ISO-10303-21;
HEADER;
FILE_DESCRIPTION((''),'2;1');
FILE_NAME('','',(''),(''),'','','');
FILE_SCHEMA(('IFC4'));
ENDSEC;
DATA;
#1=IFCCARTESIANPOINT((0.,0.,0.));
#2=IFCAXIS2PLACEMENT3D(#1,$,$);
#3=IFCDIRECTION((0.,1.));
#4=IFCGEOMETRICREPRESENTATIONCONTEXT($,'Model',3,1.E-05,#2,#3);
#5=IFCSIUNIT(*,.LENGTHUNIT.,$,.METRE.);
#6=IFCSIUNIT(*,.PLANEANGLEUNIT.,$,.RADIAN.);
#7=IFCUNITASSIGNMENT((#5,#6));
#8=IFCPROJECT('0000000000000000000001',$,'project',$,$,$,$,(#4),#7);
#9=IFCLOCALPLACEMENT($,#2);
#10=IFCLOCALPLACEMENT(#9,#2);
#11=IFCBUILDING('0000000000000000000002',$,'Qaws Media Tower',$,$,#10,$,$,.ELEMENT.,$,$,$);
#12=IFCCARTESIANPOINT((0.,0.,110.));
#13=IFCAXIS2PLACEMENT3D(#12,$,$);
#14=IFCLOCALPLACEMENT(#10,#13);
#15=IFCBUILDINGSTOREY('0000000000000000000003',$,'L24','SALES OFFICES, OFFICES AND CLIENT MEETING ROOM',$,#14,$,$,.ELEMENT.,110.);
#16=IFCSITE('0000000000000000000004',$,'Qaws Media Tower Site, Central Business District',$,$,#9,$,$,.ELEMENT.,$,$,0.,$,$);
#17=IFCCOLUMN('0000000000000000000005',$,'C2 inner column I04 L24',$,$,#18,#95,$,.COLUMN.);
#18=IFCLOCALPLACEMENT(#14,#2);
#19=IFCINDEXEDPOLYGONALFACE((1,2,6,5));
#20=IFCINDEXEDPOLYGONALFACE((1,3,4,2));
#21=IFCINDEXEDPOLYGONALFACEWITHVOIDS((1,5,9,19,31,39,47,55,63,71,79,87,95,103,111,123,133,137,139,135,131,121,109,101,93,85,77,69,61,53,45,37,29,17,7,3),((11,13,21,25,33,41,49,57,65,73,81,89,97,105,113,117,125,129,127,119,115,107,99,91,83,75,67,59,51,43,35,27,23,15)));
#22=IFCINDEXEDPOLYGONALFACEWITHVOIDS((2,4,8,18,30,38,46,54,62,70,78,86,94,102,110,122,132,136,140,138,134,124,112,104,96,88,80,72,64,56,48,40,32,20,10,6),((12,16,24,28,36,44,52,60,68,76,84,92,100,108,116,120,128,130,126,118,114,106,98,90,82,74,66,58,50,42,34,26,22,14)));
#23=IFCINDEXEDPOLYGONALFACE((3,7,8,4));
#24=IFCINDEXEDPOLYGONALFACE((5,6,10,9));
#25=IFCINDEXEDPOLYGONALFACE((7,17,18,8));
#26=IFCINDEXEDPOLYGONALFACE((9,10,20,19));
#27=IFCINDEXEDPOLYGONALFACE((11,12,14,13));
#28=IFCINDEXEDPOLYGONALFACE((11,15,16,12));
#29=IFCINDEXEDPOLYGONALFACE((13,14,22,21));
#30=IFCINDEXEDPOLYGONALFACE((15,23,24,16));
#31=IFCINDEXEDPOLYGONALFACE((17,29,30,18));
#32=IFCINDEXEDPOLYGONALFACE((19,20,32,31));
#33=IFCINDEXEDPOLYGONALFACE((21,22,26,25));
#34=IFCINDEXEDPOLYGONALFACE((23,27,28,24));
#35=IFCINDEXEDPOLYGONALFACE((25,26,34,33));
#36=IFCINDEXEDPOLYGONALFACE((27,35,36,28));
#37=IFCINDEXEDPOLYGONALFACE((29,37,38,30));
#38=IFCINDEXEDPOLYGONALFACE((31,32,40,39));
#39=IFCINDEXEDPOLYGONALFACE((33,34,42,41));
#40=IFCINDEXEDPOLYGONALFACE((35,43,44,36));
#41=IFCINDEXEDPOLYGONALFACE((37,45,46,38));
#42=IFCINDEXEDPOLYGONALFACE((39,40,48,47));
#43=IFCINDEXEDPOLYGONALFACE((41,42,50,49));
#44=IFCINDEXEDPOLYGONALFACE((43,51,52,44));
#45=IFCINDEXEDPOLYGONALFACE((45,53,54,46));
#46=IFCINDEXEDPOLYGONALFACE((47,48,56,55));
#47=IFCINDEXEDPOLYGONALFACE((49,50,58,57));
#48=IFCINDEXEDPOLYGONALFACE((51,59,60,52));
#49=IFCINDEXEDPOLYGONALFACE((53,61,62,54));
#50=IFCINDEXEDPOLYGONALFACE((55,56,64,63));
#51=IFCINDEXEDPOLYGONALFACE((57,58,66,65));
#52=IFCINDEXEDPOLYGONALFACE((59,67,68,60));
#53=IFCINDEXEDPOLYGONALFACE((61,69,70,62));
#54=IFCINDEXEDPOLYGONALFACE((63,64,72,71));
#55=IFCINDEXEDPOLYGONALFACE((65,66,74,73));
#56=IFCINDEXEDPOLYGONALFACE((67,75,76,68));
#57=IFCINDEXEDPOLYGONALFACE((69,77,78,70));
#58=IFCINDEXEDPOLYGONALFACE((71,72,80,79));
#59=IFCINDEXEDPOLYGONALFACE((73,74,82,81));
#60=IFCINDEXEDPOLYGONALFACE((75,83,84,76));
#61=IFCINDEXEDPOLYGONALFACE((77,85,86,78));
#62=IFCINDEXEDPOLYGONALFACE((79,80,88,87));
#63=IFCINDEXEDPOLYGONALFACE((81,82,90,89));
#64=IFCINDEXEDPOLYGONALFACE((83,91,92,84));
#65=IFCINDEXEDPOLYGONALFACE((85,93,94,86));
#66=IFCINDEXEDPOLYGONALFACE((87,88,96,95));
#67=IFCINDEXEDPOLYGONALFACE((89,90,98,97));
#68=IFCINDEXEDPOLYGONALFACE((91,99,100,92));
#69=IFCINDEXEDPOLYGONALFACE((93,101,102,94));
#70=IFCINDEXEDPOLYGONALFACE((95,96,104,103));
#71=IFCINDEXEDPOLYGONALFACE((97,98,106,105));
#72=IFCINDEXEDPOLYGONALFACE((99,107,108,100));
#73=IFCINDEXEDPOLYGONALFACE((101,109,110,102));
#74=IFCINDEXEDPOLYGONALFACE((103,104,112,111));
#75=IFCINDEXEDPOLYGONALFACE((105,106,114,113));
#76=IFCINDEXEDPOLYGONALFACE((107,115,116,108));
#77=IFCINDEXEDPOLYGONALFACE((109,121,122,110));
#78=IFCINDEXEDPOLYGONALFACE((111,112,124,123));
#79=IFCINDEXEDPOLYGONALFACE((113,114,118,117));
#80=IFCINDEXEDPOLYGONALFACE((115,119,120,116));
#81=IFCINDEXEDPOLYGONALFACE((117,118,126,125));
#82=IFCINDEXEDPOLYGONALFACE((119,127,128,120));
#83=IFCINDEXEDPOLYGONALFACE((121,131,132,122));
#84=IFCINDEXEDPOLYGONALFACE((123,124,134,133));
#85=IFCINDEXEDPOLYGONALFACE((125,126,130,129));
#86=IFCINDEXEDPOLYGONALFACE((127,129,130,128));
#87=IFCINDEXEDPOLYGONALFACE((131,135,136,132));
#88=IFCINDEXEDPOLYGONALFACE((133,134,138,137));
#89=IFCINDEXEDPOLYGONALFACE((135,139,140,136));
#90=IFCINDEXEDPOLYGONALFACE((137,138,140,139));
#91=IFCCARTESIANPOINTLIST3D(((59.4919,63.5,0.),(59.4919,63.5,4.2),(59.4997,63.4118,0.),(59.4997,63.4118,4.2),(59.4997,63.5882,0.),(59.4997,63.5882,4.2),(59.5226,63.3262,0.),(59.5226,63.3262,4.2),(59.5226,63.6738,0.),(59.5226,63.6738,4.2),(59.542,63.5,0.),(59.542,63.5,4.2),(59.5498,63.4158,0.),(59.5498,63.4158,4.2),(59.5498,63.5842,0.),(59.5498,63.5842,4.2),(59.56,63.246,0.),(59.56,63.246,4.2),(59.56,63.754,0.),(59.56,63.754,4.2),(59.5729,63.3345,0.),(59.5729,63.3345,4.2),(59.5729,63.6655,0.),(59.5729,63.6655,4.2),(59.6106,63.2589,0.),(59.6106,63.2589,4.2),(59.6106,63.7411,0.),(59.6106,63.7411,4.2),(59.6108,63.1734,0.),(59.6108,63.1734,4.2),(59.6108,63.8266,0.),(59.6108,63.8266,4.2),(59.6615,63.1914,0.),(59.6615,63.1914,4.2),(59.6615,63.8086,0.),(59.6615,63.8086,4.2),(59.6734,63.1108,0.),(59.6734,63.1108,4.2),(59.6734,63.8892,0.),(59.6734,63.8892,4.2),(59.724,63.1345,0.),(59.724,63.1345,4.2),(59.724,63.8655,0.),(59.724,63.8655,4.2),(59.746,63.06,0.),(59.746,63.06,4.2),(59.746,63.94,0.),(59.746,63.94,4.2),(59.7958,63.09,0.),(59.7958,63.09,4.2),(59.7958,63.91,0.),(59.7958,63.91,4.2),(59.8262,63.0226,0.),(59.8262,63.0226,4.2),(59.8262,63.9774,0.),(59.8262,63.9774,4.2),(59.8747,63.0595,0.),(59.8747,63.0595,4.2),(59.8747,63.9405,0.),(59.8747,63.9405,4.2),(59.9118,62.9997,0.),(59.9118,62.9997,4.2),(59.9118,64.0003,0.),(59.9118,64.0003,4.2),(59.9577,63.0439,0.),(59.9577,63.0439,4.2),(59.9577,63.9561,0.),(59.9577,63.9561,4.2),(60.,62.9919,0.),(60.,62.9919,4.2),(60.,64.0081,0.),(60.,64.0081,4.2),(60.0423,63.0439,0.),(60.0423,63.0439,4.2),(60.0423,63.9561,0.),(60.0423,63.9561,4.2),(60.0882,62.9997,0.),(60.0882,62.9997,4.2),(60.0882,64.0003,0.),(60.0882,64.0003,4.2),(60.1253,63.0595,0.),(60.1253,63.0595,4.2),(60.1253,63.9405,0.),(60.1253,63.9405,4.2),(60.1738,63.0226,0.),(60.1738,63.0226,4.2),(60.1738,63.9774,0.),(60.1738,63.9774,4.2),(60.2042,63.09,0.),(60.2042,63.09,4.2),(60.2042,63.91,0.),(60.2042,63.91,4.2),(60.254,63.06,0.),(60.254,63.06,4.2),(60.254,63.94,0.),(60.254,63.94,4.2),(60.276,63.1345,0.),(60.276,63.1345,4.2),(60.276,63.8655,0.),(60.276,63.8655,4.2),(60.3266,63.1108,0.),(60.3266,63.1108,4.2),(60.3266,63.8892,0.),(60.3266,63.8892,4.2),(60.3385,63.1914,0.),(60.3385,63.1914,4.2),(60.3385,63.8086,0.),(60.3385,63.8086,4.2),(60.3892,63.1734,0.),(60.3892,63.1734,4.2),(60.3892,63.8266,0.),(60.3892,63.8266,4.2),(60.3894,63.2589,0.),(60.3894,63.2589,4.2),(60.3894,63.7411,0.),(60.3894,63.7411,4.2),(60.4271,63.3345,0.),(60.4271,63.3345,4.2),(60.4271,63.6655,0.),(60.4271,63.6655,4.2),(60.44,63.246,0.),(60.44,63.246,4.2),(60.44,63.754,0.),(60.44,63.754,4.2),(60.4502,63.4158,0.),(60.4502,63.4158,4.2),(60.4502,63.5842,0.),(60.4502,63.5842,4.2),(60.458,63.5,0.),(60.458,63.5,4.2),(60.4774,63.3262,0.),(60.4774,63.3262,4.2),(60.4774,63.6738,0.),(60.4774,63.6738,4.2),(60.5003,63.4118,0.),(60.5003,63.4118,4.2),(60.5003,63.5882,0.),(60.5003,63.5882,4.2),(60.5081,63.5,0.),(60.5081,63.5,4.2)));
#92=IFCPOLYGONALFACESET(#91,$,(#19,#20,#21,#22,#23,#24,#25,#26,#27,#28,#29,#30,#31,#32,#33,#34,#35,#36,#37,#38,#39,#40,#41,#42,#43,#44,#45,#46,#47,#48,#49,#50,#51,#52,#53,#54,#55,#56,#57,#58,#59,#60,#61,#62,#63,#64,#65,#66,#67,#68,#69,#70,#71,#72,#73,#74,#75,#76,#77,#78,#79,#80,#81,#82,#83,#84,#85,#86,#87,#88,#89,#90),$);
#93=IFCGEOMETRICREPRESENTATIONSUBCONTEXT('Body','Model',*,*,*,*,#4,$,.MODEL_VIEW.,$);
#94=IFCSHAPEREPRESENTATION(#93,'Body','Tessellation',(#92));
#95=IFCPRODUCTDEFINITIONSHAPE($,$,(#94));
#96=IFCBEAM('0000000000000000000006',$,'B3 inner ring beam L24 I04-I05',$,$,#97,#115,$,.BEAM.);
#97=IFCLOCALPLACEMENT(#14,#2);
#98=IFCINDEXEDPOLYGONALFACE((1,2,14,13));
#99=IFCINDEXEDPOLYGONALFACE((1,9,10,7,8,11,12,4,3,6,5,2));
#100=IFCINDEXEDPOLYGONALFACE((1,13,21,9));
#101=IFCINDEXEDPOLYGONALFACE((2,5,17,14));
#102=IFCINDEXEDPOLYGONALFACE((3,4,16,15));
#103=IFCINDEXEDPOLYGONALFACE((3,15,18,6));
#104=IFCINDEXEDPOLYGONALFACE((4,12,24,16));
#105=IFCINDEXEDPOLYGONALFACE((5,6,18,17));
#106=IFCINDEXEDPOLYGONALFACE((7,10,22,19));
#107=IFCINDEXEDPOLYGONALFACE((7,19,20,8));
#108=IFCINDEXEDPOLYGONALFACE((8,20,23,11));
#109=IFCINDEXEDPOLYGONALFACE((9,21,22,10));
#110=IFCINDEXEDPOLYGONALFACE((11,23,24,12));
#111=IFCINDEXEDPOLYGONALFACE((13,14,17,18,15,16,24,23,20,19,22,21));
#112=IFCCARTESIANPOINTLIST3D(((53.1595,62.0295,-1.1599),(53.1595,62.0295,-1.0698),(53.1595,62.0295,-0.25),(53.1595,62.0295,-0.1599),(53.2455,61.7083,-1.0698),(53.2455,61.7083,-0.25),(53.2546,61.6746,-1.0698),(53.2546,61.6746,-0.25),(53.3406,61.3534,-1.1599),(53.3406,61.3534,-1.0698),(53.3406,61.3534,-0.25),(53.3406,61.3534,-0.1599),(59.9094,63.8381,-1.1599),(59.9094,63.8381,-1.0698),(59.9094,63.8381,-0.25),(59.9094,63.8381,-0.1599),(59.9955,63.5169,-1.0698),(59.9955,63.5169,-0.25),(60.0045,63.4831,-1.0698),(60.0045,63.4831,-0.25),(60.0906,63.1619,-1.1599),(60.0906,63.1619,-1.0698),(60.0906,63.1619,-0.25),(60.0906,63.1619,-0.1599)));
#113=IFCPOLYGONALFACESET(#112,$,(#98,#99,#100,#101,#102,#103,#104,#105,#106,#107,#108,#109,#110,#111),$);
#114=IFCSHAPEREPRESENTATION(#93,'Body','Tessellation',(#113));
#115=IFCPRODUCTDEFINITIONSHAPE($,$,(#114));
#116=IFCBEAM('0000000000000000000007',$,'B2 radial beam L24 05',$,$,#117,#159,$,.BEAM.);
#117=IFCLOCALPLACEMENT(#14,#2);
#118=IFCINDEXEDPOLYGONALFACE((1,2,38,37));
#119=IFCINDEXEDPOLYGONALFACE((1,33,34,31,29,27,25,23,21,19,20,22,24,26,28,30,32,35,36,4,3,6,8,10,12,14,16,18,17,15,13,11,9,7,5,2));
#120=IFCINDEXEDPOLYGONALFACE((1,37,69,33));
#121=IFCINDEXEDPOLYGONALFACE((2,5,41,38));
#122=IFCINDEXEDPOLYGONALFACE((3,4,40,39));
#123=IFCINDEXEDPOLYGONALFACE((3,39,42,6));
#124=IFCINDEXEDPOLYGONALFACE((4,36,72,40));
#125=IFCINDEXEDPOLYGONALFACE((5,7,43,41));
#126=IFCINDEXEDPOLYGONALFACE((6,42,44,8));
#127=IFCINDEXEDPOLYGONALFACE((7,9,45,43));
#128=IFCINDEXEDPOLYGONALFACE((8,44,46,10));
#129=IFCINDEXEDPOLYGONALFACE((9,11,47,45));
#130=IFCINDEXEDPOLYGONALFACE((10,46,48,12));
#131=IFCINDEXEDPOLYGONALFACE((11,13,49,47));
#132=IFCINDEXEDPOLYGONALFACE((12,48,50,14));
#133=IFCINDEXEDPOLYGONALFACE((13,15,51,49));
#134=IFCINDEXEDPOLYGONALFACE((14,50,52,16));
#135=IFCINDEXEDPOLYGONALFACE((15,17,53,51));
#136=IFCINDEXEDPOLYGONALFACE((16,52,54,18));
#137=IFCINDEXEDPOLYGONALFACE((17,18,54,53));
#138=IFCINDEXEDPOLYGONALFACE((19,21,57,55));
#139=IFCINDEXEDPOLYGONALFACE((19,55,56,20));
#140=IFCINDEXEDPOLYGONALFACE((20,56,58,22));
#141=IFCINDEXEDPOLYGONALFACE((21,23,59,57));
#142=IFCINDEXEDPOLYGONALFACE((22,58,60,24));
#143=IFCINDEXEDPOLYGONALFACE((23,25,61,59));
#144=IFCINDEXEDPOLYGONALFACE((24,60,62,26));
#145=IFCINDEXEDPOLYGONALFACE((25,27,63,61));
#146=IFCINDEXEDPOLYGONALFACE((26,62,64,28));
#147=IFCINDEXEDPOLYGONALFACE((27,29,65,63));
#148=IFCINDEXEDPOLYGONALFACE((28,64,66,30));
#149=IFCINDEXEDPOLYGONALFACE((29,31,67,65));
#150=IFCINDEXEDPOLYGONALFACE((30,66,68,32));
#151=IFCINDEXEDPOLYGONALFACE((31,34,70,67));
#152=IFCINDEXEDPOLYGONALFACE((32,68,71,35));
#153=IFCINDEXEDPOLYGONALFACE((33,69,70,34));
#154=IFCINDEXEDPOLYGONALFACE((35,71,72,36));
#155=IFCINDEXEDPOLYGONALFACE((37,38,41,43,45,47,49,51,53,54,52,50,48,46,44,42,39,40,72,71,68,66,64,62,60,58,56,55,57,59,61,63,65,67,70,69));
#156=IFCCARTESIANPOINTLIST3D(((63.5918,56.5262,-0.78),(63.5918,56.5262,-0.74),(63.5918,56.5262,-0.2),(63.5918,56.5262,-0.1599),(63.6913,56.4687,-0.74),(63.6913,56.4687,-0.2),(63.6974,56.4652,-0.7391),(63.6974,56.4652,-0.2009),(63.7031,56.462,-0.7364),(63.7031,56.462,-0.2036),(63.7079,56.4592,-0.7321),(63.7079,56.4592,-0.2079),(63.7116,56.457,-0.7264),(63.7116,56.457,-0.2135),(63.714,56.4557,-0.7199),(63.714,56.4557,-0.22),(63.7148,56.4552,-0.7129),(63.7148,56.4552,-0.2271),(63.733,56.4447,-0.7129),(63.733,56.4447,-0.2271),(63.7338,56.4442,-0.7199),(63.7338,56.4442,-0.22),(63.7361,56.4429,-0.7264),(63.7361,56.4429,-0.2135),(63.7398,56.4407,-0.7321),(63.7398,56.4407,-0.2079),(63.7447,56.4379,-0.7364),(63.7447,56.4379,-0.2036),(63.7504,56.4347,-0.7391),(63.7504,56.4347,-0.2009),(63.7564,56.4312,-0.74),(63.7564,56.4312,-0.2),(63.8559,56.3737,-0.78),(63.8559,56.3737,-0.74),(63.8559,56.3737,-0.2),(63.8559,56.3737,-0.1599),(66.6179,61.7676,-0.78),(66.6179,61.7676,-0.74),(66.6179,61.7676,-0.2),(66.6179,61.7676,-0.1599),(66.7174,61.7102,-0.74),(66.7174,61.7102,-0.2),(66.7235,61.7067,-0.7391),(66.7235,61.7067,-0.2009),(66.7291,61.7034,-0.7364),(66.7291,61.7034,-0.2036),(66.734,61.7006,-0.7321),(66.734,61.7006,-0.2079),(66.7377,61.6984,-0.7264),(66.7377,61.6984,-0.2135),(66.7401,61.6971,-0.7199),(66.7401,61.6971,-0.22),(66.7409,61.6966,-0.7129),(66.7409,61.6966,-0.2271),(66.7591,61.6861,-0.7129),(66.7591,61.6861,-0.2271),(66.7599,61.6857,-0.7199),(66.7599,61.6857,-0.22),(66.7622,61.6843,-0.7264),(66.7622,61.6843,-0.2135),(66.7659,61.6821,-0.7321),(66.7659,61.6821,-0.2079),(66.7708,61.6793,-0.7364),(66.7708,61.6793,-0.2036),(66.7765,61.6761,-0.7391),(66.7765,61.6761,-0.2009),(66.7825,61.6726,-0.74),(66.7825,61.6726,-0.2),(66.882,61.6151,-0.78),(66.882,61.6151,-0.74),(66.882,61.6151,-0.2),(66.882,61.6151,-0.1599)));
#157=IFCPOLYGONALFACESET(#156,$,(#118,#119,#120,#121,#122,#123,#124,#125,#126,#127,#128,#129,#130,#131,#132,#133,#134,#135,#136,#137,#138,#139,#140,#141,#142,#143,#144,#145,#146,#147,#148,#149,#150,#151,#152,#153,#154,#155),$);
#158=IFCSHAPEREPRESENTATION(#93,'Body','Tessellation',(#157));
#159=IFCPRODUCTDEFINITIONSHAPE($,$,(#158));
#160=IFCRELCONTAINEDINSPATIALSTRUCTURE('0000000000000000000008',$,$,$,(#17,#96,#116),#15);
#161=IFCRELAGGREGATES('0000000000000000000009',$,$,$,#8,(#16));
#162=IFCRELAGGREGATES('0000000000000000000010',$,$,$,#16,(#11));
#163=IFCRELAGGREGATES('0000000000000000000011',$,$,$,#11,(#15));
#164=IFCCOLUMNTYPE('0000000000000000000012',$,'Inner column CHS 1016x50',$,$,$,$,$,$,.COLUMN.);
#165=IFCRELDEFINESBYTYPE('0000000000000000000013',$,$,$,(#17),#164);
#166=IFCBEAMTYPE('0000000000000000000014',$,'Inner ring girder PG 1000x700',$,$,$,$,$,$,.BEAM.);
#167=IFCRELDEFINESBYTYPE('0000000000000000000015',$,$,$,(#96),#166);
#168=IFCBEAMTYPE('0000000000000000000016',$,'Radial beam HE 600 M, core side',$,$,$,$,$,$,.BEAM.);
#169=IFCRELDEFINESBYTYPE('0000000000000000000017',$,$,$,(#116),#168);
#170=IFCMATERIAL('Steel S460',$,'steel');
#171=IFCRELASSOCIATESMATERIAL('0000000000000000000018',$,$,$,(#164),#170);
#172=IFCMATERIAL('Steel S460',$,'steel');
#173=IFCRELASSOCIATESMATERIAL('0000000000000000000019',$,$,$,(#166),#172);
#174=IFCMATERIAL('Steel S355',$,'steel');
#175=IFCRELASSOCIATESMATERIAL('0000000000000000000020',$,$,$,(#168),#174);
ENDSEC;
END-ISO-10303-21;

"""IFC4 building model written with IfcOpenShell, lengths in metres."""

from ifc_helpers import new_model, si_unit, direction, frame, origin, origin_2d, place, context, subcontext, project, spatial, hollow_circle, i_section, extrude, material, material_profile, profile_set, type_object, element, save


model = new_model("IFC4")

# Units and contexts
model_context = context("Model", 3, precision=1e-05, world=origin(), true_north=direction((0.0, 1.0)))
body_context = subcontext(model_context, "Body", "Model", "MODEL_VIEW")
ifc_project = project(units=[si_unit("LENGTHUNIT", "METRE"), si_unit("PLANEANGLEUNIT", "RADIAN")], contexts=[model_context])

# Site, building, storey
site_placement = place(None, origin())
site = spatial("IfcSite", under=ifc_project, at=site_placement, Name="Qaws Media Tower Site, Central Business District", CompositionType="ELEMENT", RefElevation=0.0)
building_placement = place(site_placement, origin())
building = spatial("IfcBuilding", under=site, at=building_placement, Name="Qaws Media Tower", CompositionType="ELEMENT")
storey_placement = place(building_placement, frame((0.0, 0.0, 110.0)))
storey = spatial("IfcBuildingStorey", under=building, at=storey_placement, Name="L24", Description="SALES OFFICES, OFFICES AND CLIENT MEETING ROOM", CompositionType="ELEMENT", Elevation=110.0)

# Column
ifc_material_1 = material(Name="Steel S460", Category="steel")
ifc_material_profile_1 = material_profile(ifc_material_1, hollow_circle(Radius=0.5081, WallThickness=0.05, at=origin_2d()), Name="CHS 1016x50")
ifc_profile_set_1 = profile_set([ifc_material_profile_1], Name="Steel S460")
column_type = type_object("IfcColumnType", Name="Inner column CHS 1016x50", PredefinedType="COLUMN", material=ifc_profile_set_1)
column_placement = place(storey_placement, frame((60.0, 63.5, 0.0), z_axis=(0.0, 0.0, 1.0), x_axis=(1.0, 0.0, 0.0)))
element("IfcColumn", 1, at=column_placement, inside=storey, type_object=column_type, Name="C2 inner column I04 L24", PredefinedType="COLUMN", context=body_context, shape_type="SweptSolid", body=[
    extrude(hollow_circle(Radius=0.5081, WallThickness=0.05, at=origin_2d()), origin(), (0.0, 0.0, 1.0), 4.2),
])

# Beams
ifc_material_2 = material(Name="Steel S460", Category="steel")
ifc_material_profile_2 = material_profile(ifc_material_2, i_section(OverallWidth=0.7, OverallDepth=1.0, WebThickness=0.0349, FlangeThickness=0.0901, at=origin_2d()), Name="PG 1000x700")
ifc_profile_set_2 = profile_set([ifc_material_profile_2], Name="Steel S460")
beam_type_1 = type_object("IfcBeamType", Name="Inner ring girder PG 1000x700", PredefinedType="BEAM", material=ifc_profile_set_2)
beam_1_placement = place(storey_placement, frame((60.0, 63.5, -0.6599), z_axis=(-0.965928, -0.258811, 0.0), x_axis=(0.258811, -0.965928, 0.0)))
element("IfcBeam", 2, at=beam_1_placement, inside=storey, type_object=beam_type_1, Name="B3 inner ring beam L24 I04-I05", PredefinedType="BEAM", context=body_context, shape_type="SweptSolid", body=[
    extrude(i_section(OverallWidth=0.7, OverallDepth=1.0, WebThickness=0.0349, FlangeThickness=0.0901, at=origin_2d()), origin(), (0.0, 0.0, 1.0), 6.988),
])
ifc_material_3 = material(Name="Steel S355", Category="steel")
ifc_material_profile_3 = material_profile(ifc_material_3, i_section(OverallWidth=0.3049, OverallDepth=0.6201, WebThickness=0.021, FlangeThickness=0.04, FilletRadius=0.0271, at=origin_2d()), Name="HE 600 M")
ifc_profile_set_3 = profile_set([ifc_material_profile_3], Name="Steel S355")
beam_type_2 = type_object("IfcBeamType", Name="Radial beam HE 600 M, core side", PredefinedType="BEAM", material=ifc_profile_set_3)
beam_2_placement = place(storey_placement, frame((63.7239, 56.45, -0.47), z_axis=(0.499996, 0.866028, 0.0), x_axis=(-0.866028, 0.499996, 0.0)))
element("IfcBeam", 3, at=beam_2_placement, inside=storey, type_object=beam_type_2, Name="B2 radial beam L24 05", PredefinedType="BEAM", context=body_context, shape_type="SweptSolid", body=[
    extrude(i_section(OverallWidth=0.3049, OverallDepth=0.6201, WebThickness=0.021, FlangeThickness=0.04, FilletRadius=0.0271, at=origin_2d()), origin(), (0.0, 0.0, 1.0), 6.0522),
])

save(model, "model.ifc")
